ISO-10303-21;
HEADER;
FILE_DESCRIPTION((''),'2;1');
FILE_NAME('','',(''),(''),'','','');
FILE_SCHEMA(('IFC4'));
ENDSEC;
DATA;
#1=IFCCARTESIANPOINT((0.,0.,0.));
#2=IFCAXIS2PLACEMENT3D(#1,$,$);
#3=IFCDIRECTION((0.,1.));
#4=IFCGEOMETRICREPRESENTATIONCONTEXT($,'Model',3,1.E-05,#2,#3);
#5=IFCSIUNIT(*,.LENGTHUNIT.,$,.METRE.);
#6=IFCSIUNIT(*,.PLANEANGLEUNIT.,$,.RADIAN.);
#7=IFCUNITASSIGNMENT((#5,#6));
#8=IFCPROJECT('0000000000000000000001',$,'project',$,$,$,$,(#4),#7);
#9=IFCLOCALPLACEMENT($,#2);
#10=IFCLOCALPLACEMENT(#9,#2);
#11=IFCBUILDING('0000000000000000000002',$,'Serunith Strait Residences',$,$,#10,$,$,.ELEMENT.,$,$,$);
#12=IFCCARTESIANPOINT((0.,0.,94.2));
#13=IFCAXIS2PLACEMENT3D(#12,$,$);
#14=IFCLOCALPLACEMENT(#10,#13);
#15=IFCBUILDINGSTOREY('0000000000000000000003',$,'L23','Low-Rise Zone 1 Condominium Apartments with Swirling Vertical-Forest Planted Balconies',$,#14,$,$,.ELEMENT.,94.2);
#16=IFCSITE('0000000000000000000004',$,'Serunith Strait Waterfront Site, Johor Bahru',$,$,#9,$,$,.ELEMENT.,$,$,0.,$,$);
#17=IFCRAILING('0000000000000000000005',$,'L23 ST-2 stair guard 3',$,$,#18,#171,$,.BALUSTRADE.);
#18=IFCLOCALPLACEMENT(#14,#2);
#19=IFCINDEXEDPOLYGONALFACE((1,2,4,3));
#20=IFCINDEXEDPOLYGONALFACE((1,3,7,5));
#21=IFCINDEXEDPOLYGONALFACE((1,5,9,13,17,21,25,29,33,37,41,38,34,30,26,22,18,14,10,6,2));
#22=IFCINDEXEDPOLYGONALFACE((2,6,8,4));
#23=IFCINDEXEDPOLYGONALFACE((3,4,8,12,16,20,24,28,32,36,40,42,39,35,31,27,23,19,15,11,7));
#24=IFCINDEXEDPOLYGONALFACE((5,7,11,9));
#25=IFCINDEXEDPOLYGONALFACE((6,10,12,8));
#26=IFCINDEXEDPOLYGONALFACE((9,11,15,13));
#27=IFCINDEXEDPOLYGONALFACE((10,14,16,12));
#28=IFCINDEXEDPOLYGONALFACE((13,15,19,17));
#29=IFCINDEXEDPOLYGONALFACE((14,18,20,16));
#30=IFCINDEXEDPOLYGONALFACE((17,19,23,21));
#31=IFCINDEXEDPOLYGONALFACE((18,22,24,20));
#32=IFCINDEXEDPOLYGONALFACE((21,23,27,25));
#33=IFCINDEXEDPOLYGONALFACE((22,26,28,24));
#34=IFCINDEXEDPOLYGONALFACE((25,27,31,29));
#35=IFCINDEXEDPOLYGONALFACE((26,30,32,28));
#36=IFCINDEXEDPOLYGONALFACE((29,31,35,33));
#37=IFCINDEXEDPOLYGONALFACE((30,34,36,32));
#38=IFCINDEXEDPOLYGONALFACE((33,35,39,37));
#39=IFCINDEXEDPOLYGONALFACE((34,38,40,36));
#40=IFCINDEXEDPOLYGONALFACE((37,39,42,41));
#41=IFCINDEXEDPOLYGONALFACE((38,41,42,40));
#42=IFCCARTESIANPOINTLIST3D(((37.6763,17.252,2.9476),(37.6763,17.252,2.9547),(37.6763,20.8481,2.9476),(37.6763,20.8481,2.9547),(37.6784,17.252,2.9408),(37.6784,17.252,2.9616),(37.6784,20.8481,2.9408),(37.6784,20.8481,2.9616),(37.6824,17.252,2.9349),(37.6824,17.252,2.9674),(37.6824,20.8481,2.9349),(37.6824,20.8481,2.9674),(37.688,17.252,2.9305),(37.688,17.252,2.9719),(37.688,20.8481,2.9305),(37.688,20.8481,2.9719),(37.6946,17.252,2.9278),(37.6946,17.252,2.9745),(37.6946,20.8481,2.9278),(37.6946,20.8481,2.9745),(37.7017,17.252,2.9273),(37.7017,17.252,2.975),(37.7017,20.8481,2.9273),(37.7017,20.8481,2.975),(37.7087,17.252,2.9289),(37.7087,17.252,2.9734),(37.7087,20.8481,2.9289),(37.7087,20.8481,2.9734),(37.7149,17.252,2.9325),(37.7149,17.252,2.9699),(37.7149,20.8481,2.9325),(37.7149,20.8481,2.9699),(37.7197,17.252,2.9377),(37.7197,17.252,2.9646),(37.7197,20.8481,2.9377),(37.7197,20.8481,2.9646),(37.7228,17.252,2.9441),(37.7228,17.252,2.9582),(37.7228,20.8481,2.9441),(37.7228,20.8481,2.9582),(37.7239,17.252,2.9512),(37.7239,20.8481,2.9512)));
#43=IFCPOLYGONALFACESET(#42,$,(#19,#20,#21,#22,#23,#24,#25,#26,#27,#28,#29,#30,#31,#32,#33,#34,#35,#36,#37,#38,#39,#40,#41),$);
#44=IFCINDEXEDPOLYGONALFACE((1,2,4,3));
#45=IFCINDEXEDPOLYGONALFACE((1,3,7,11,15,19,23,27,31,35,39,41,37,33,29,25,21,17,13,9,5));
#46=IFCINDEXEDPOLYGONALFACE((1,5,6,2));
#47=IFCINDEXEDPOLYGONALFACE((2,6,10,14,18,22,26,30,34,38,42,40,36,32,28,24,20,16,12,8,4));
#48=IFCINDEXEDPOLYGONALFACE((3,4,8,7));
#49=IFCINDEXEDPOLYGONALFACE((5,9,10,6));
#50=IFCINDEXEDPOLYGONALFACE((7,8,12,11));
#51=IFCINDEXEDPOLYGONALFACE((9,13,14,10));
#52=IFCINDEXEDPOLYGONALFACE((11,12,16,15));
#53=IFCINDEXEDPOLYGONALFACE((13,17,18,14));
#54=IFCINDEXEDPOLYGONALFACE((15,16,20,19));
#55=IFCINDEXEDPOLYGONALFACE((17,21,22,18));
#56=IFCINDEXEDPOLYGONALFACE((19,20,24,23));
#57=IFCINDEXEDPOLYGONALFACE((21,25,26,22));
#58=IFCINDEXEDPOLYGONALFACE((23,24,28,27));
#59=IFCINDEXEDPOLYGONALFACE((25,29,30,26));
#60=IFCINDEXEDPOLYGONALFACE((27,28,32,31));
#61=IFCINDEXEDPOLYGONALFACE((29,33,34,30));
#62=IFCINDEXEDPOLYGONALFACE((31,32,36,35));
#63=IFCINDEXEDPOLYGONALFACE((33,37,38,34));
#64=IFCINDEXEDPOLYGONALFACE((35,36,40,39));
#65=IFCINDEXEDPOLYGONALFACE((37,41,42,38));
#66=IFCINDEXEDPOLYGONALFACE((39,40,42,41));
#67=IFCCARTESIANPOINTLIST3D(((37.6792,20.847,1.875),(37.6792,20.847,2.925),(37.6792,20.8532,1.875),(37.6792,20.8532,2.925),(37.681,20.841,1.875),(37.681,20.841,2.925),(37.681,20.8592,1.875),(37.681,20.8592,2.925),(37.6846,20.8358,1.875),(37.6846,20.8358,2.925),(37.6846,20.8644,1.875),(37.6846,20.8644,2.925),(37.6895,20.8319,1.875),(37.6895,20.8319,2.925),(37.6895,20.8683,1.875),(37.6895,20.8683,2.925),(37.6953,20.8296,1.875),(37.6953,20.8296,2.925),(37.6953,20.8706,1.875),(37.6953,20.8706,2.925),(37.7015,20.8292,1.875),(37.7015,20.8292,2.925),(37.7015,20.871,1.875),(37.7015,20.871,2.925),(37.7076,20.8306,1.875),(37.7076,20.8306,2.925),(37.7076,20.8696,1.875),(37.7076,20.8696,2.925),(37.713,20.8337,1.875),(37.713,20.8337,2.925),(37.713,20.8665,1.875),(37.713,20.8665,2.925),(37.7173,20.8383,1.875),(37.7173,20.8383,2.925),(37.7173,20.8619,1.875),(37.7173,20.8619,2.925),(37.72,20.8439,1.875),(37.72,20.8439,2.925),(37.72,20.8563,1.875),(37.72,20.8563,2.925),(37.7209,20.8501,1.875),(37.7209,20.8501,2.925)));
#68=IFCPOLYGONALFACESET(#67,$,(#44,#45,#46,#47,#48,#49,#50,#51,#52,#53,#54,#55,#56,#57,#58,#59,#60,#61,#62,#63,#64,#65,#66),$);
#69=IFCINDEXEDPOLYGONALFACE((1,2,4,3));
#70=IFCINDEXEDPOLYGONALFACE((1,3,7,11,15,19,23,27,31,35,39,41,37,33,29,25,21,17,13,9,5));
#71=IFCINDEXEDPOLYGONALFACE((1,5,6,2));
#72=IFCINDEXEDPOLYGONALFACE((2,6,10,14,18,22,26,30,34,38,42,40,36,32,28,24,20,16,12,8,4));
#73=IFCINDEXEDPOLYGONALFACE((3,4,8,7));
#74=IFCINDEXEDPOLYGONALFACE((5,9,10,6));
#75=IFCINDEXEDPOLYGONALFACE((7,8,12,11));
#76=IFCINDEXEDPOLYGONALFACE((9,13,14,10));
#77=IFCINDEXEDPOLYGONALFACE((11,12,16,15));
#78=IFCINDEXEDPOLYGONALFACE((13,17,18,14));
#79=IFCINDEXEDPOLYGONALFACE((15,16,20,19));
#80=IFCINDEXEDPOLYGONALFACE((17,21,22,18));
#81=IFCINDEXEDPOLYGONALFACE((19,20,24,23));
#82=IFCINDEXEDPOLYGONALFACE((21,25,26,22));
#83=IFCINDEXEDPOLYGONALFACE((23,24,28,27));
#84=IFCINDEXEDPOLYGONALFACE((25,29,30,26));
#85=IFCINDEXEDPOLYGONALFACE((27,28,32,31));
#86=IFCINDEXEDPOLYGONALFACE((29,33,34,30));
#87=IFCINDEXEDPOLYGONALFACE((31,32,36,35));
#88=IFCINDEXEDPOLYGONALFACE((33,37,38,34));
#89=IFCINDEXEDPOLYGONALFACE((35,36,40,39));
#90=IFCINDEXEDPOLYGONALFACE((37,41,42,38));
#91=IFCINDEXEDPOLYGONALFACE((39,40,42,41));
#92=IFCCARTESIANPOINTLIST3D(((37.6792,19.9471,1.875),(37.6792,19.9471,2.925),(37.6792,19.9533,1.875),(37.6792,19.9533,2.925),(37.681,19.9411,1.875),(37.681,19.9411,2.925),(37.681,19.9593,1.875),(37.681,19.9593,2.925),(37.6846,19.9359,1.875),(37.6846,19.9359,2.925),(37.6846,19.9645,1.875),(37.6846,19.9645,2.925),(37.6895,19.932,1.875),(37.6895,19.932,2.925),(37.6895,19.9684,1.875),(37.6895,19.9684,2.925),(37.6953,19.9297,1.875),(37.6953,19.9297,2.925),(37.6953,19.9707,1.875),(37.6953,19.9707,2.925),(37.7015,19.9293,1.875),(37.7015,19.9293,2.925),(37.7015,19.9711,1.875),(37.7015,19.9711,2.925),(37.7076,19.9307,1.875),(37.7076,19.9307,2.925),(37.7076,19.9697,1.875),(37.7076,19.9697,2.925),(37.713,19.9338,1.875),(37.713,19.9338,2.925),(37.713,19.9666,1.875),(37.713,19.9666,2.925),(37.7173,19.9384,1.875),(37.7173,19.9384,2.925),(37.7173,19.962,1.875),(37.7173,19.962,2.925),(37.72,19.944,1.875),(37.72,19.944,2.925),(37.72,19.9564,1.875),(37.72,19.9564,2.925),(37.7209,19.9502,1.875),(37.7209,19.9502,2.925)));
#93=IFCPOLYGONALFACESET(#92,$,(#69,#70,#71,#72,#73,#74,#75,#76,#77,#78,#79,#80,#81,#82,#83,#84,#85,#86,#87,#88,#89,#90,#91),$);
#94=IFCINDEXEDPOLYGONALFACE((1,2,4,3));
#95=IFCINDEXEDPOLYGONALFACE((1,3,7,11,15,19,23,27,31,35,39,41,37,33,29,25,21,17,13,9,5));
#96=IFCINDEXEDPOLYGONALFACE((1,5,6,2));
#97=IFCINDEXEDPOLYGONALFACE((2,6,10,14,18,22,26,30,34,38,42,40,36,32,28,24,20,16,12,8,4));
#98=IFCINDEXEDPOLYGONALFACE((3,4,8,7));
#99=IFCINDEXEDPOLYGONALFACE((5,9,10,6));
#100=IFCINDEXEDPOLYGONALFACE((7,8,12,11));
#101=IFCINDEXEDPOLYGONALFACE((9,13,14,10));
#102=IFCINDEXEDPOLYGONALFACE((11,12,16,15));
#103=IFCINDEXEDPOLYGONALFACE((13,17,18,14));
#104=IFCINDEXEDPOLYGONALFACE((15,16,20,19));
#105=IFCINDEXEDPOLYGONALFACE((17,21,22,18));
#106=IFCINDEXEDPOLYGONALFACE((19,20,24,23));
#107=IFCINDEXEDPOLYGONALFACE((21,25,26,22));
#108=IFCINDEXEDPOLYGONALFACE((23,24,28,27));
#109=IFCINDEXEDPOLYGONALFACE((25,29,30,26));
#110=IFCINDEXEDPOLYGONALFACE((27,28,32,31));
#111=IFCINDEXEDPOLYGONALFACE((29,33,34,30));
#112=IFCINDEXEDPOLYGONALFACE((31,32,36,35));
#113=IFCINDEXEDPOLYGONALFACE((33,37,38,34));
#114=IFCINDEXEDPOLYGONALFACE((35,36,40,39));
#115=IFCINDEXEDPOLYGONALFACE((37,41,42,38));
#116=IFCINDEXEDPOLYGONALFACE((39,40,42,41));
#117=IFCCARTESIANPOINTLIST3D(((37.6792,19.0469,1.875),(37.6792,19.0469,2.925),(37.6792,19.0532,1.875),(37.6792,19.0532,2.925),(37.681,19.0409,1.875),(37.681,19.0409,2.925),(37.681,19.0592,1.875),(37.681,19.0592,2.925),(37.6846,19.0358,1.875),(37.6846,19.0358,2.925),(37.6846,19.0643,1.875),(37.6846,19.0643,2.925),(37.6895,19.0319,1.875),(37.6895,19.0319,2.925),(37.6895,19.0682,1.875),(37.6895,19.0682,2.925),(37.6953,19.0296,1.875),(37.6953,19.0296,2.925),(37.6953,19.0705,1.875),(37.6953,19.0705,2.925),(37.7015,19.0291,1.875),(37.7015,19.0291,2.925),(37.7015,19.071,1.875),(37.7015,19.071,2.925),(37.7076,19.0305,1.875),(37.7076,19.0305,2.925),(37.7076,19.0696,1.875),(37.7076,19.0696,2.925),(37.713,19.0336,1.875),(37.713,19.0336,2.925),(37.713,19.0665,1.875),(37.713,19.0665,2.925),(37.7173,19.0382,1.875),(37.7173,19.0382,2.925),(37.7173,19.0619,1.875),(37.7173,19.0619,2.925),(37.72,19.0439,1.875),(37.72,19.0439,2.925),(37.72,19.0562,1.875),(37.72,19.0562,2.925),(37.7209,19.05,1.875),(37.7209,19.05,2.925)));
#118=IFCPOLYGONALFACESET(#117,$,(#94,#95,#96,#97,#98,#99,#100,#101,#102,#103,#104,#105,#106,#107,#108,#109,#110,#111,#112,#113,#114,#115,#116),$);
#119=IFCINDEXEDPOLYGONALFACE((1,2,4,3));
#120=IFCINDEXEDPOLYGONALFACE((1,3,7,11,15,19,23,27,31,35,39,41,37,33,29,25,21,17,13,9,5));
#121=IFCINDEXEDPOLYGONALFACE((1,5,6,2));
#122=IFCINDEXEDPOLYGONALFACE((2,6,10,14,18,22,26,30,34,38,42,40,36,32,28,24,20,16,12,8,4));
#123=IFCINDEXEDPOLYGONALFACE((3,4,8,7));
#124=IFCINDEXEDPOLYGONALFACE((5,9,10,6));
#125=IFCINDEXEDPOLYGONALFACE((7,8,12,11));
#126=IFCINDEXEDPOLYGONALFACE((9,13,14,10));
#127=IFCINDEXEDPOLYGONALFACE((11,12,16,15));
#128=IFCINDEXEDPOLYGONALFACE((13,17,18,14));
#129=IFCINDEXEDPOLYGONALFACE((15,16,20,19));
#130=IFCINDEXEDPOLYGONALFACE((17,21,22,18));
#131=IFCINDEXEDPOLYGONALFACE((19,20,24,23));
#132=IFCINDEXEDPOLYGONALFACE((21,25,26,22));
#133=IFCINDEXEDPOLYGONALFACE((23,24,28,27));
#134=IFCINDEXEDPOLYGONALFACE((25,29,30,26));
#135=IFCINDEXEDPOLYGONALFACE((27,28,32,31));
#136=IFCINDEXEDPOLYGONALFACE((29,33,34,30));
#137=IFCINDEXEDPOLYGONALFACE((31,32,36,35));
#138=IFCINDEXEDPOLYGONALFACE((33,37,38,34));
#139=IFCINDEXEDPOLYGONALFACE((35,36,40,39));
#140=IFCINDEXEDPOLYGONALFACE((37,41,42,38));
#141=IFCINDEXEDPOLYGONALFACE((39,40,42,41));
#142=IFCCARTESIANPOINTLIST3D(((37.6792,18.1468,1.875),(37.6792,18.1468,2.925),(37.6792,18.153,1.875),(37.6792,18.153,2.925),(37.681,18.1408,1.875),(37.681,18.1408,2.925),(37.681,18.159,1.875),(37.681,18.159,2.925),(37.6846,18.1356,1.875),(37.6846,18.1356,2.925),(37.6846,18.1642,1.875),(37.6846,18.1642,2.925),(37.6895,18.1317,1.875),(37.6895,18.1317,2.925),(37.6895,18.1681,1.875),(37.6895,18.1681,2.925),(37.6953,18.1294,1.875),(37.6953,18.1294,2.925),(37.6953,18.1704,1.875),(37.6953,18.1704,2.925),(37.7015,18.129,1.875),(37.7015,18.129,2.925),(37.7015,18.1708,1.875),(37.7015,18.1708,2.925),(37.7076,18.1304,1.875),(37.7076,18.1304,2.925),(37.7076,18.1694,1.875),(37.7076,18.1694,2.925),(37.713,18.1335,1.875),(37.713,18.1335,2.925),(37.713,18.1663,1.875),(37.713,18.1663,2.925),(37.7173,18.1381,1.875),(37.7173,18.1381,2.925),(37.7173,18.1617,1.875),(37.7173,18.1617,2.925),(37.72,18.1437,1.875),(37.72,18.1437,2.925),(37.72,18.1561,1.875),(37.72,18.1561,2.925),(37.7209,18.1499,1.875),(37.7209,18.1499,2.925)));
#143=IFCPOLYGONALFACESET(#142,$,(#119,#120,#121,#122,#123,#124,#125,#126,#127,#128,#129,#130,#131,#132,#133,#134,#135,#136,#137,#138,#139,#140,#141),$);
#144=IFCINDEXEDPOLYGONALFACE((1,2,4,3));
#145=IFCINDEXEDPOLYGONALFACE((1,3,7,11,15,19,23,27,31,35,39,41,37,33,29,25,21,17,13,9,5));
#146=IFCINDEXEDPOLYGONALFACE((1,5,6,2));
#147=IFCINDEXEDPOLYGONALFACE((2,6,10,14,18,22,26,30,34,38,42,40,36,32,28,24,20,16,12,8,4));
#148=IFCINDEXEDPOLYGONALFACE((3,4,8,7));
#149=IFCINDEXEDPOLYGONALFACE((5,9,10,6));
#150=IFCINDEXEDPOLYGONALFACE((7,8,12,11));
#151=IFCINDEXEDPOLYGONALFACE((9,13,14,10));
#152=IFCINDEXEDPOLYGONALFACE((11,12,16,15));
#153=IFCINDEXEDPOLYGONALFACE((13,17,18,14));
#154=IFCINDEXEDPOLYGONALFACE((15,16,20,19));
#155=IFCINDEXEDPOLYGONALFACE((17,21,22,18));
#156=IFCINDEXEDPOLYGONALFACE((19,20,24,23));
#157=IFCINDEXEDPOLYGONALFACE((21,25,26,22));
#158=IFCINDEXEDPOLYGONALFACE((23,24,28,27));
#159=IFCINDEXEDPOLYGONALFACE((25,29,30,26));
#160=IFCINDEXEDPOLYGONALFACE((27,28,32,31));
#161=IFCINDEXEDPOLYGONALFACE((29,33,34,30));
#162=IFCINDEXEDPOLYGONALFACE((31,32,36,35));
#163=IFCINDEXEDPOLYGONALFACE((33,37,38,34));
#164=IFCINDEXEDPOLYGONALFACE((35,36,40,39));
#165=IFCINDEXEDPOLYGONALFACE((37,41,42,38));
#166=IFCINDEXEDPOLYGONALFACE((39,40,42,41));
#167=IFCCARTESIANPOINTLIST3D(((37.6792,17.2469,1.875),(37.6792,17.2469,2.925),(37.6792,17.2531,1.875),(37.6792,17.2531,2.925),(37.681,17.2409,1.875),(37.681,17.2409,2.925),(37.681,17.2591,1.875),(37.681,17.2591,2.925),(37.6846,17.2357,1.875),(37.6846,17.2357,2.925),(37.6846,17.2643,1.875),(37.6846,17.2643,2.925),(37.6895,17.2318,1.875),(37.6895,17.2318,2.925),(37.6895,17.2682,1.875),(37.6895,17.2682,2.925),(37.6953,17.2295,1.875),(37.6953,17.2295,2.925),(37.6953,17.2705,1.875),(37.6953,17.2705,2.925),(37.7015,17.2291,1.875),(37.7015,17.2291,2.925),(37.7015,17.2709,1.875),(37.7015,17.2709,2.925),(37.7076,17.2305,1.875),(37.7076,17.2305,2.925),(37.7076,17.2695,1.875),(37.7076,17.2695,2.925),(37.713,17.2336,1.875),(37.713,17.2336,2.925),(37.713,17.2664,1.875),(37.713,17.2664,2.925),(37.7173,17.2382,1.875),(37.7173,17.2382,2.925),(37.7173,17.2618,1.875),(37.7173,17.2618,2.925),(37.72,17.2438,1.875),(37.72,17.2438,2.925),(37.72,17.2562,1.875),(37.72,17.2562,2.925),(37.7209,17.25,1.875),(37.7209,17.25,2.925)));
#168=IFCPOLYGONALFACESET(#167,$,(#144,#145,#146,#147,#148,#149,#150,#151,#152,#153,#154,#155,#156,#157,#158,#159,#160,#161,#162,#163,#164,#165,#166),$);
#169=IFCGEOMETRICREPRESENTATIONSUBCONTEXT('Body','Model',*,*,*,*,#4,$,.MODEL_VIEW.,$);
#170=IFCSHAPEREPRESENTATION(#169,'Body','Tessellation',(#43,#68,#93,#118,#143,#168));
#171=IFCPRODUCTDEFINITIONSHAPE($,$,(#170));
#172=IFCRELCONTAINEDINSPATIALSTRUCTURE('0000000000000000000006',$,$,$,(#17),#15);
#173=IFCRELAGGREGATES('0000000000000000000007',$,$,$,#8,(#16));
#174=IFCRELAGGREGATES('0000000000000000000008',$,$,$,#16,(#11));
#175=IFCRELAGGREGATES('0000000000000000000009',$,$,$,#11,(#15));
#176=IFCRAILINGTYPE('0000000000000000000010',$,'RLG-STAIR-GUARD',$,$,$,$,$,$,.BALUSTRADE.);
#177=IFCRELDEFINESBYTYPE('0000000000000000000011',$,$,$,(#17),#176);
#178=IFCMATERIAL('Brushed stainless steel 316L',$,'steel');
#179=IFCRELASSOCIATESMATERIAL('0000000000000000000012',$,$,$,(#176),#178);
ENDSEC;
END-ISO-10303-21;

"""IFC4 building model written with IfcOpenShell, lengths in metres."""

from ifc_helpers import new_model, si_unit, direction, frame, origin, origin_2d, place, context, subcontext, project, spatial, circle, extrude, material, type_object, element, save


model = new_model("IFC4")

# Units and contexts
model_context = context("Model", 3, precision=1e-05, world=origin(), true_north=direction((0.0, 1.0)))
body_context = subcontext(model_context, "Body", "Model", "MODEL_VIEW")
ifc_project = project(units=[si_unit("LENGTHUNIT", "METRE"), si_unit("PLANEANGLEUNIT", "RADIAN")], contexts=[model_context])

# Site, building, storey
site_placement = place(None, origin())
site = spatial("IfcSite", under=ifc_project, at=site_placement, Name="Serunith Strait Waterfront Site, Johor Bahru", CompositionType="ELEMENT", RefElevation=0.0)
building_placement = place(site_placement, origin())
building = spatial("IfcBuilding", under=site, at=building_placement, Name="Serunith Strait Residences", CompositionType="ELEMENT")
storey_placement = place(building_placement, frame((0.0, 0.0, 94.2)))
storey = spatial("IfcBuildingStorey", under=building, at=storey_placement, Name="L23", Description="Low-Rise Zone 1 Condominium Apartments with Swirling Vertical-Forest Planted Balconies", CompositionType="ELEMENT", Elevation=94.2)

# Railing
ifc_material_1 = material(Name="Brushed stainless steel 316L", Category="steel")
railing_type_1 = type_object("IfcRailingType", Name="RLG-STAIR-GUARD", PredefinedType="BALUSTRADE", material=ifc_material_1)
for number, where, name in (
    (1, (37.7, 20.8501, 1.875), "L23 ST-2 stair guard 3"),
):
    element("IfcRailing", number, at=place(storey_placement, frame(where)), inside=storey, type_object=railing_type_1, Name=name, PredefinedType="BALUSTRADE", context=body_context, shape_type="SweptSolid", body=[
        extrude(circle(Radius=0.0239, at=origin_2d()), frame((0.0, -0.002, 1.0762), z_axis=(0.0, -1.0, 0.0), x_axis=(1.0, 0.0, 0.0)), (0.0, 0.0, 1.0), 3.5962),
        extrude(circle(Radius=0.021, at=origin_2d()), origin(), (0.0, 0.0, 1.0), 1.05),
        extrude(circle(Radius=0.021, at=origin_2d()), frame((0.0, -0.8999, 0.0)), (0.0, 0.0, 1.0), 1.05),
        extrude(circle(Radius=0.021, at=origin_2d()), frame((0.0, -1.8, 0.0)), (0.0, 0.0, 1.0), 1.05),
        extrude(circle(Radius=0.021, at=origin_2d()), frame((0.0, -2.7002, 0.0)), (0.0, 0.0, 1.0), 1.05),
        extrude(circle(Radius=0.021, at=origin_2d()), frame((0.0, -3.6001, 0.0)), (0.0, 0.0, 1.0), 1.05),
    ])

save(model, "model.ifc")
